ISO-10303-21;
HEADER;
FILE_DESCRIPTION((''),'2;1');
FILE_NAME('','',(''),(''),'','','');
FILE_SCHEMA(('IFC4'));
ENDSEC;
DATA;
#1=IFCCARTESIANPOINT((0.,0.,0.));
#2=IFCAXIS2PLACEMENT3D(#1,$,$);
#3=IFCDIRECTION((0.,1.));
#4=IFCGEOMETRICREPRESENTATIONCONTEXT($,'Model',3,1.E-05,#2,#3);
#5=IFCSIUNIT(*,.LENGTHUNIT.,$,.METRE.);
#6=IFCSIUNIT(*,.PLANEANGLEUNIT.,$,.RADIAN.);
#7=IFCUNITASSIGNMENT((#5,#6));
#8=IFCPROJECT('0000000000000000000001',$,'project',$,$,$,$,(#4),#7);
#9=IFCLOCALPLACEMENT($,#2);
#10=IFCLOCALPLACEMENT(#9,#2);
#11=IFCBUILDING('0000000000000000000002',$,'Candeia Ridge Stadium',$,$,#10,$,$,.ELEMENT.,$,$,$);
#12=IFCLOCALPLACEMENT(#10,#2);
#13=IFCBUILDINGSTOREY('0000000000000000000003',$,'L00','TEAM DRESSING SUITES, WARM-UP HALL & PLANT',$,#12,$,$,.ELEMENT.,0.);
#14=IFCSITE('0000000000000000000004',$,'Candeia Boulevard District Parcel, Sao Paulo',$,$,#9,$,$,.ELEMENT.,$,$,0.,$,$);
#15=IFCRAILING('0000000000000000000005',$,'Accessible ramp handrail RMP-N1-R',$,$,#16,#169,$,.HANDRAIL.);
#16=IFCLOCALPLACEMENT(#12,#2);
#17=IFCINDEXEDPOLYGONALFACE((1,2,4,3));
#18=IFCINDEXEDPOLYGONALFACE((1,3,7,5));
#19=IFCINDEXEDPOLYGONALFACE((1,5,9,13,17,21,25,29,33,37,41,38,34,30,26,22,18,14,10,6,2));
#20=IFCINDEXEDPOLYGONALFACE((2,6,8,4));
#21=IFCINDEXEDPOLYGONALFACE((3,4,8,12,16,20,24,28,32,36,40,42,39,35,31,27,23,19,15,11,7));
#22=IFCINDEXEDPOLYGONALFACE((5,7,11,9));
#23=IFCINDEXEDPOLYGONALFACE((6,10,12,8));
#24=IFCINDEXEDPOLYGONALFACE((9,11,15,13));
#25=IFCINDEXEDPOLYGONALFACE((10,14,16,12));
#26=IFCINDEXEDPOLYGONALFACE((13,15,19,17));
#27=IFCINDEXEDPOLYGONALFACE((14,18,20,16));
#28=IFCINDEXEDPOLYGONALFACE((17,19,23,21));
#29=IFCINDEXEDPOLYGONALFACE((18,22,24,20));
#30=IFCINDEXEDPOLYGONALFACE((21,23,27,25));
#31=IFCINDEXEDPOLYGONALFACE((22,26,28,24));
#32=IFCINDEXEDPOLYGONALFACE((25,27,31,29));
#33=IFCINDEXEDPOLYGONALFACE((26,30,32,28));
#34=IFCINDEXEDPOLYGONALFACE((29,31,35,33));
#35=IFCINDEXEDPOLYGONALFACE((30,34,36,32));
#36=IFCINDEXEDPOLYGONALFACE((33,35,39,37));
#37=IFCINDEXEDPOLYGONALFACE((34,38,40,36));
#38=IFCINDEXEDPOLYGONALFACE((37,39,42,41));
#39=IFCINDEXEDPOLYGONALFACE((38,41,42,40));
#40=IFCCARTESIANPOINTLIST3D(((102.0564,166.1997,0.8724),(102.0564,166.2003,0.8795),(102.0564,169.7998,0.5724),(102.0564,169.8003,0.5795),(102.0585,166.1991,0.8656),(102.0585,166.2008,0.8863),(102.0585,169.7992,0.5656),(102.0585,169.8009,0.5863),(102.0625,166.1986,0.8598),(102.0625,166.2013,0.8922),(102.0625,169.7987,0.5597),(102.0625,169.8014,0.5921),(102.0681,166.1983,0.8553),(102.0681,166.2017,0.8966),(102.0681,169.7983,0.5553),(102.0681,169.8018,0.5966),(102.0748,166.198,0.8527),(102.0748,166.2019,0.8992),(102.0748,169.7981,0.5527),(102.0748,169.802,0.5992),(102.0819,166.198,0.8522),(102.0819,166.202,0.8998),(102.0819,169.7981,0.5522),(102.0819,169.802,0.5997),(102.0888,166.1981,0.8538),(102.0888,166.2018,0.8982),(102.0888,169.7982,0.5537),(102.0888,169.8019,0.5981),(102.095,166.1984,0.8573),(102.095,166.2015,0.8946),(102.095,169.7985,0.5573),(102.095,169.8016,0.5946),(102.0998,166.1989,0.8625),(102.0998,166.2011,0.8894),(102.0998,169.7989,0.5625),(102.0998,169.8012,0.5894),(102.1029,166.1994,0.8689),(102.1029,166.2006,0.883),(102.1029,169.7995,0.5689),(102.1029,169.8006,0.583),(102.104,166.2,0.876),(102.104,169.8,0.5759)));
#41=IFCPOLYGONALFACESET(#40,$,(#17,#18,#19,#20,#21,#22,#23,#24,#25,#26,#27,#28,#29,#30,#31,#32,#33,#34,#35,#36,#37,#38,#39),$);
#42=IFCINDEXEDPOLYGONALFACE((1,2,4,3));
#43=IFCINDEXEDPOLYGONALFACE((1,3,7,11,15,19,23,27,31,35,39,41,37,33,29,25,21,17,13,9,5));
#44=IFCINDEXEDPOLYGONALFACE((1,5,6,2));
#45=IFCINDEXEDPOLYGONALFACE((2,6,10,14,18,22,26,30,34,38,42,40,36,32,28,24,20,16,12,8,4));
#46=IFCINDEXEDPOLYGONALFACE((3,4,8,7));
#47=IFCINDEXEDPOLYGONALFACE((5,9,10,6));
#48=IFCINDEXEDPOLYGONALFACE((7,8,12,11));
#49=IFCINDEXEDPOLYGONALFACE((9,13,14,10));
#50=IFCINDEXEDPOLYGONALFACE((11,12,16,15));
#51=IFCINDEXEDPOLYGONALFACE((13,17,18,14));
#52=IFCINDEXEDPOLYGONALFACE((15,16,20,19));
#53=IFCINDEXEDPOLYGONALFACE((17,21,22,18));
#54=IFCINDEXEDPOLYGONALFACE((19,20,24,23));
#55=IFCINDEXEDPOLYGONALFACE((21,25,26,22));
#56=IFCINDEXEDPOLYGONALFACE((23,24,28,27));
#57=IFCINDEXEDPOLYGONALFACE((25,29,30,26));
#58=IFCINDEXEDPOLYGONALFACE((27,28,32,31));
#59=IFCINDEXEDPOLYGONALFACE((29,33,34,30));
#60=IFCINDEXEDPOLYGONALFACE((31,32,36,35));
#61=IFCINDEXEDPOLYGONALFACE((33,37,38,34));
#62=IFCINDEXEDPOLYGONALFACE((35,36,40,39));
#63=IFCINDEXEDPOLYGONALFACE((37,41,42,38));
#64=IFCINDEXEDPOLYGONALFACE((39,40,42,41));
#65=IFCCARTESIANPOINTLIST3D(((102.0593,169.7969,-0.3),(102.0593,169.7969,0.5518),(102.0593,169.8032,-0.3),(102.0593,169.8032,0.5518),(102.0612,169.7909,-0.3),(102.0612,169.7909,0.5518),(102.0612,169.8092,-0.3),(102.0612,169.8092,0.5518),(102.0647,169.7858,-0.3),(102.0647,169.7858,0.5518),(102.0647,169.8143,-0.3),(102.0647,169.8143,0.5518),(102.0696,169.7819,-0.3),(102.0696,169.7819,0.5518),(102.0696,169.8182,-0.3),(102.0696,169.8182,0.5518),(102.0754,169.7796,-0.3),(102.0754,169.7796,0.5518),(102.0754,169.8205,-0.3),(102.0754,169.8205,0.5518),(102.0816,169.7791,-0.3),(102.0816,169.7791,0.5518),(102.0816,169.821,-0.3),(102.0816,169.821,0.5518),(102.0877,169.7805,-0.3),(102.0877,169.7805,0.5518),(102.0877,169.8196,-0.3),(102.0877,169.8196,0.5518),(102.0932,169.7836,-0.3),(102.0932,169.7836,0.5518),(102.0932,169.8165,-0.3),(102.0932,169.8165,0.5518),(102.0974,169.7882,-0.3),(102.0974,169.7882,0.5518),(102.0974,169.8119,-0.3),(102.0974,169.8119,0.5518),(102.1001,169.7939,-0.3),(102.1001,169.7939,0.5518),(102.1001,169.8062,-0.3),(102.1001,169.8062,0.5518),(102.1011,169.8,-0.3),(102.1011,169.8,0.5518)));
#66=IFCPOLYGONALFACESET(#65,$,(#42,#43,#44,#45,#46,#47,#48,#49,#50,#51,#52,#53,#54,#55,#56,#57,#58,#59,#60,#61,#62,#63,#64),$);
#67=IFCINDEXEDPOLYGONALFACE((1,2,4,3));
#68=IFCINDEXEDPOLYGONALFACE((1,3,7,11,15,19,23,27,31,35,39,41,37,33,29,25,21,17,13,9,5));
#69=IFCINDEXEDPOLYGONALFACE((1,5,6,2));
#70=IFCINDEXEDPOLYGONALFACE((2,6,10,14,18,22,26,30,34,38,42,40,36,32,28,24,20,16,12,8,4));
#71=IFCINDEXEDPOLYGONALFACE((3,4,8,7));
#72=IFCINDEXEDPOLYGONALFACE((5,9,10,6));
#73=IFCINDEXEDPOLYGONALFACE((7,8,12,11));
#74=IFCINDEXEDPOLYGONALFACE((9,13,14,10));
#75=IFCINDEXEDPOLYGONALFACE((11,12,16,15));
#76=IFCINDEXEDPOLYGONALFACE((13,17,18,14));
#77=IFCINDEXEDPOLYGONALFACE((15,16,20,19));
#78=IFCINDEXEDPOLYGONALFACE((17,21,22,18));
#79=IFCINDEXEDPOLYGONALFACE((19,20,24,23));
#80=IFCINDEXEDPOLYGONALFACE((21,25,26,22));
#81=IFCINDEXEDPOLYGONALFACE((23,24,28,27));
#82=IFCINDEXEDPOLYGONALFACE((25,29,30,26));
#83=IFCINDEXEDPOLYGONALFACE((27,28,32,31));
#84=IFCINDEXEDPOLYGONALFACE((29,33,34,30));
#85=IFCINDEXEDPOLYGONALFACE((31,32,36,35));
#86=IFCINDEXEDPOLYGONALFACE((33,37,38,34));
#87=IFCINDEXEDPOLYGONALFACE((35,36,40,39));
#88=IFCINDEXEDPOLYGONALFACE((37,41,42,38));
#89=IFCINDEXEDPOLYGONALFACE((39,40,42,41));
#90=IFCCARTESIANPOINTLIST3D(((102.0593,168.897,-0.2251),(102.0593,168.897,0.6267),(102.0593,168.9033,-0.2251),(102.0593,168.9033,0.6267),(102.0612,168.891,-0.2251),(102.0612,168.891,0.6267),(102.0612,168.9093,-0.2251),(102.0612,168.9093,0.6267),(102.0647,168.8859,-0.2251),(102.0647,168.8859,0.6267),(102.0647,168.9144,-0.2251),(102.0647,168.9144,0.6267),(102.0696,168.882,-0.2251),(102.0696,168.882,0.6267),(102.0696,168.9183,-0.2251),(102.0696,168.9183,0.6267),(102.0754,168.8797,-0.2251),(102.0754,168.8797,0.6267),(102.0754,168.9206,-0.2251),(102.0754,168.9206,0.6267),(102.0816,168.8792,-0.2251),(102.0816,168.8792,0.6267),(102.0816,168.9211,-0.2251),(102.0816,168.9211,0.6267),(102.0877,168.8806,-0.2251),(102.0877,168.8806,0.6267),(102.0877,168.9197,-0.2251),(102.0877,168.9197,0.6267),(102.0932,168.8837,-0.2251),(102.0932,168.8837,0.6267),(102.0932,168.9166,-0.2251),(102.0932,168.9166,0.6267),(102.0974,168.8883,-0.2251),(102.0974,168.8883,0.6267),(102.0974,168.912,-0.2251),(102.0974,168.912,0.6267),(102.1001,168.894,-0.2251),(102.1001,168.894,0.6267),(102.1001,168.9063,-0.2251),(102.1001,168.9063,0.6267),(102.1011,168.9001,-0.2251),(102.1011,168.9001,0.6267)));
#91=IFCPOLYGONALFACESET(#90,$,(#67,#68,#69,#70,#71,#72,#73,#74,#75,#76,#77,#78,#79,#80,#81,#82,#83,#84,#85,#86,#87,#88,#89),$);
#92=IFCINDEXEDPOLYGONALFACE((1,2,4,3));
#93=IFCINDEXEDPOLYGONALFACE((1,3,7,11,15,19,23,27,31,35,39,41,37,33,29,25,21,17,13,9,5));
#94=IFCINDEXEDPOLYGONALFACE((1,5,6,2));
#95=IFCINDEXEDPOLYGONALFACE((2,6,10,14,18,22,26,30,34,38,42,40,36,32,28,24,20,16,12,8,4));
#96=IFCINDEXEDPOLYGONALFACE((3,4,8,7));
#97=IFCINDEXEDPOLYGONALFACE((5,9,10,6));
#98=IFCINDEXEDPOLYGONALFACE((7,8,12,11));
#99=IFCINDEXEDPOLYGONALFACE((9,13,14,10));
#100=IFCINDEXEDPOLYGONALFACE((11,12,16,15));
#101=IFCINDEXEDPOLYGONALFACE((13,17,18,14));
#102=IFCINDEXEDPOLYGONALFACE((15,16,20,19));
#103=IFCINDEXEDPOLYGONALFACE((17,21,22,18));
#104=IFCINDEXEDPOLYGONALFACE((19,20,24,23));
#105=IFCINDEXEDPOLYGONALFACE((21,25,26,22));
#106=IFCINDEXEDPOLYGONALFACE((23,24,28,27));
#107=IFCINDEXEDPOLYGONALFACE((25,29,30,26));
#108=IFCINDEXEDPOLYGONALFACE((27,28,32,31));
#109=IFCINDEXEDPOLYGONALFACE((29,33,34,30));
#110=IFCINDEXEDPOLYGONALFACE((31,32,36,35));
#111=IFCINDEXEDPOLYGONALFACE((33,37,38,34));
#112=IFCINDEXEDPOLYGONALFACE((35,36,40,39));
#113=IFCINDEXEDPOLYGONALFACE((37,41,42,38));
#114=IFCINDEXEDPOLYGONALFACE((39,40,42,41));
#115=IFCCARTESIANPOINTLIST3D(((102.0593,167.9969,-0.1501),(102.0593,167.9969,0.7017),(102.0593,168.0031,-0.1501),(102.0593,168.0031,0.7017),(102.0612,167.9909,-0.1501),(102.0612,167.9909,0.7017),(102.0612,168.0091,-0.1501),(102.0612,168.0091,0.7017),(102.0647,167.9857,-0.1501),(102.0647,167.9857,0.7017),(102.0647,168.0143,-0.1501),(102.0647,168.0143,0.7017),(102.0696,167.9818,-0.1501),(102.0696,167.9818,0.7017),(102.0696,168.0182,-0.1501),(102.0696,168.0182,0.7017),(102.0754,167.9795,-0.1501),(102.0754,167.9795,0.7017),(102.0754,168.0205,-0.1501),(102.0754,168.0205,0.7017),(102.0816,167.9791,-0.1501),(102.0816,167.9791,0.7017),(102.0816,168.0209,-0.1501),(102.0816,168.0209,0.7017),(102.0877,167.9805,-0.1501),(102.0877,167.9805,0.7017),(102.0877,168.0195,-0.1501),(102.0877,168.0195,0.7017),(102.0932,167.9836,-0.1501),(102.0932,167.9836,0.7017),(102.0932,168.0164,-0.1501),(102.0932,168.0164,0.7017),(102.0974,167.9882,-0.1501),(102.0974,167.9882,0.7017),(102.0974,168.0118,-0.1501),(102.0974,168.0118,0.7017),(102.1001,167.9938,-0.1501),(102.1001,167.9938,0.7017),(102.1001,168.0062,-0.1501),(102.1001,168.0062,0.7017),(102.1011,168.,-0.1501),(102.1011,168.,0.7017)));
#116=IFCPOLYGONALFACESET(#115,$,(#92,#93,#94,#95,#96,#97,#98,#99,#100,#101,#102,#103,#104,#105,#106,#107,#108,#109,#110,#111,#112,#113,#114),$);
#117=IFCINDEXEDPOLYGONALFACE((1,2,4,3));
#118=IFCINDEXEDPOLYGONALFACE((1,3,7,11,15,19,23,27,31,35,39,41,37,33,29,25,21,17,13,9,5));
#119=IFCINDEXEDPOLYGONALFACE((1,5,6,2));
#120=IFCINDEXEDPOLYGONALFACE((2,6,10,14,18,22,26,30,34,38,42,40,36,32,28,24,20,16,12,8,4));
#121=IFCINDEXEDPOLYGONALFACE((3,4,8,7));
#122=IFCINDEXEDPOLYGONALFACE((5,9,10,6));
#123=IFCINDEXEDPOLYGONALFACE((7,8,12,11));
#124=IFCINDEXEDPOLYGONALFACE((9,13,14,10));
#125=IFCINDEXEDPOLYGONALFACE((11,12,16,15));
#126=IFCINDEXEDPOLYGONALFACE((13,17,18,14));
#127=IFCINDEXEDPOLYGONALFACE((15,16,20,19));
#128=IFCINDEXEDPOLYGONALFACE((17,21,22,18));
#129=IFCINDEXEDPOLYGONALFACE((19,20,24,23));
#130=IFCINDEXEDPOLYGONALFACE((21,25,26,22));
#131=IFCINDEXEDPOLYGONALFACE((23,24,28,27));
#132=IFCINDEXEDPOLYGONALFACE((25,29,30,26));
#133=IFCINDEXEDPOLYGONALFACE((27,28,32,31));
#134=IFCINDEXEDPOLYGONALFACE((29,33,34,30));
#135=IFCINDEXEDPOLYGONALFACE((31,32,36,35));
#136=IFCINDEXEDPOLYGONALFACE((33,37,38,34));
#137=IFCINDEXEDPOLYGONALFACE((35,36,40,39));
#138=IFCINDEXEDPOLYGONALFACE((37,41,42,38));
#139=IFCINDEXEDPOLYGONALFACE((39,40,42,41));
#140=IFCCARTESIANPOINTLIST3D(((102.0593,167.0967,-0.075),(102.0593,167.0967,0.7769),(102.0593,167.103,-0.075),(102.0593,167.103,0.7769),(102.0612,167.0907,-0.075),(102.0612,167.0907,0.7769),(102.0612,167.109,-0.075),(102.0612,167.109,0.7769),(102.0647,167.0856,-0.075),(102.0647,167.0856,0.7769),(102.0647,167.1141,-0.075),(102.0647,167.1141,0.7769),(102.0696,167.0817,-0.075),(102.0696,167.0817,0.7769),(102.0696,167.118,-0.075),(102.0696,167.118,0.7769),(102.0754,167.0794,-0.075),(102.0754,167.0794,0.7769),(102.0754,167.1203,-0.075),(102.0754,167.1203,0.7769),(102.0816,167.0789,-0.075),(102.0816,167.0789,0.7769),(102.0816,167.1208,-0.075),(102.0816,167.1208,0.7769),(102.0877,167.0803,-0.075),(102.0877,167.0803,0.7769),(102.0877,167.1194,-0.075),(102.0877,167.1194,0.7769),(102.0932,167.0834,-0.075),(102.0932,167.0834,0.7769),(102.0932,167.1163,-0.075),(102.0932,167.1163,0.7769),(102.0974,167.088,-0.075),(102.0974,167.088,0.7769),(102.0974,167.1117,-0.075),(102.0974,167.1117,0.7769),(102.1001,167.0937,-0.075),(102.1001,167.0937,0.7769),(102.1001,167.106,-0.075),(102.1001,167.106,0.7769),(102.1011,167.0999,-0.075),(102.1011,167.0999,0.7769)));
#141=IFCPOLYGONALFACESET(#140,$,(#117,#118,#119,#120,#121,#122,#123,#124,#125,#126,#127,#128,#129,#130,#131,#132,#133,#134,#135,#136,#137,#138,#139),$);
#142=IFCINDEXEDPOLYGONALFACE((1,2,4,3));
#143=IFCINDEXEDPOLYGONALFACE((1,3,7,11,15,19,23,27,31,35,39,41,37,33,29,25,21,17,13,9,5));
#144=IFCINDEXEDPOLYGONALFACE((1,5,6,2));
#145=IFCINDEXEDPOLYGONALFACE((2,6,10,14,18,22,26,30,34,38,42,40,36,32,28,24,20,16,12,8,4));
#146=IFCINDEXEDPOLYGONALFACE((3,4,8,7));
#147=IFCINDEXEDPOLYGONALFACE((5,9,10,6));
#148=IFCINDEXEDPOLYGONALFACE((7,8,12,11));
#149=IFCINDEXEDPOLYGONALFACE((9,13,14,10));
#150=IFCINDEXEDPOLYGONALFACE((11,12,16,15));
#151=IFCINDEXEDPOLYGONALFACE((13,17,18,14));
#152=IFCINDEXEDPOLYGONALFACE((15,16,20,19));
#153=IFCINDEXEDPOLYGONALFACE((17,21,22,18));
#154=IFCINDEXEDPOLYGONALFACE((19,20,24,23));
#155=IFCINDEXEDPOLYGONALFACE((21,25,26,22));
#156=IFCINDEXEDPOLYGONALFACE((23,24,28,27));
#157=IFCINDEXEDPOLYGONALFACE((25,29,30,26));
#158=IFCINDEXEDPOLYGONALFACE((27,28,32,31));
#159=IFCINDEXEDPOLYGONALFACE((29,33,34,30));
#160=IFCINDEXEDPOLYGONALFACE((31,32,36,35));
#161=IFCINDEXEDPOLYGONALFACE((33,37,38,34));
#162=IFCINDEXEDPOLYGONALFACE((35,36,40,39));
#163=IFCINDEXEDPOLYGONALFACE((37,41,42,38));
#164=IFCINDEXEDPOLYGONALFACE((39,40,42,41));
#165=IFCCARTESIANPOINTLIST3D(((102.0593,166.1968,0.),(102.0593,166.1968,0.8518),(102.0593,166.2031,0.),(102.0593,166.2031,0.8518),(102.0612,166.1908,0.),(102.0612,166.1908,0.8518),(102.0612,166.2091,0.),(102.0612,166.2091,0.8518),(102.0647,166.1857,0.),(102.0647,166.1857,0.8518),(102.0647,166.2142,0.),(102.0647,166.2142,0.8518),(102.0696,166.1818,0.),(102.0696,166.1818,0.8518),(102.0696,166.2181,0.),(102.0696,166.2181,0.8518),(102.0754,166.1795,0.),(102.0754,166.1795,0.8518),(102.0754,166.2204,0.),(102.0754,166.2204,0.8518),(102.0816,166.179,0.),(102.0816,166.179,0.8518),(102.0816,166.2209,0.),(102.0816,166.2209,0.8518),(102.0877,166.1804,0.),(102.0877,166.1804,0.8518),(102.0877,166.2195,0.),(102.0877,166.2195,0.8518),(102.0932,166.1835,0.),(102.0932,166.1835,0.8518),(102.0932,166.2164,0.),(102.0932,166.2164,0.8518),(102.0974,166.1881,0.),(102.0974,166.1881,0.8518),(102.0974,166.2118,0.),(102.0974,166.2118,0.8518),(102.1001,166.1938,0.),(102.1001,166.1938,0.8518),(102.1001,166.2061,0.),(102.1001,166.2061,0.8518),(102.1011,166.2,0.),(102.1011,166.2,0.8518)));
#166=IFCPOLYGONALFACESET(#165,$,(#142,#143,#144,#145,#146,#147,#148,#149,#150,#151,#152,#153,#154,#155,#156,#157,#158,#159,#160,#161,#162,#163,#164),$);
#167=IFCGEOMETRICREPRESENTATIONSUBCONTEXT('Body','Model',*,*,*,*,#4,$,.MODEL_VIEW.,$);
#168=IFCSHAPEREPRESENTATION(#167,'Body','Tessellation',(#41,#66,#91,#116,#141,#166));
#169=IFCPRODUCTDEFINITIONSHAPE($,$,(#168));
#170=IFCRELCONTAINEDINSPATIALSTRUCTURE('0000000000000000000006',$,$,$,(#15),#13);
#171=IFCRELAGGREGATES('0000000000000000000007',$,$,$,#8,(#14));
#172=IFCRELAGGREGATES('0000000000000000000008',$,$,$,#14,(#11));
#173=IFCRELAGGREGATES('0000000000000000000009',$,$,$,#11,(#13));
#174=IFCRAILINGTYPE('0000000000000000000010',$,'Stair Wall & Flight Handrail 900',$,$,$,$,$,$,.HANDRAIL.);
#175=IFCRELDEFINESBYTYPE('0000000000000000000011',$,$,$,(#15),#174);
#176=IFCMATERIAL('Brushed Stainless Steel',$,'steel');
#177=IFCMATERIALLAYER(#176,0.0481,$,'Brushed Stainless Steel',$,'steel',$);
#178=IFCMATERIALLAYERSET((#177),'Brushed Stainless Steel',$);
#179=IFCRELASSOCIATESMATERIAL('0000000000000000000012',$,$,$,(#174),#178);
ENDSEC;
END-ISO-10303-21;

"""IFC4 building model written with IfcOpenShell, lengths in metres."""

from ifc_helpers import new_model, si_unit, direction, frame, origin, origin_2d, place, context, subcontext, project, spatial, circle, extrude, material, layer, layer_set, type_object, element, save


model = new_model("IFC4")

# Units and contexts
model_context = context("Model", 3, precision=1e-05, world=origin(), true_north=direction((0.0, 1.0)))
body_context = subcontext(model_context, "Body", "Model", "MODEL_VIEW")
ifc_project = project(units=[si_unit("LENGTHUNIT", "METRE"), si_unit("PLANEANGLEUNIT", "RADIAN")], contexts=[model_context])

# Site, building, storey
site_placement = place(None, origin())
site = spatial("IfcSite", under=ifc_project, at=site_placement, Name="Candeia Boulevard District Parcel, Sao Paulo", CompositionType="ELEMENT", RefElevation=0.0)
building_placement = place(site_placement, origin())
building = spatial("IfcBuilding", under=site, at=building_placement, Name="Candeia Ridge Stadium", CompositionType="ELEMENT")
storey_placement = place(building_placement, origin())
storey = spatial("IfcBuildingStorey", under=building, at=storey_placement, Name="L00", Description="TEAM DRESSING SUITES, WARM-UP HALL & PLANT", CompositionType="ELEMENT", Elevation=0.0)

# Railing
ifc_material_1 = material(Name="Brushed Stainless Steel", Category="steel")
ifc_layer_1 = layer(ifc_material_1, 0.0481, Name="Brushed Stainless Steel", Category="steel")
ifc_layer_set_1 = layer_set([ifc_layer_1], Name="Brushed Stainless Steel")
railing_type_1 = type_object("IfcRailingType", Name="Stair Wall & Flight Handrail 900", PredefinedType="HANDRAIL", material=ifc_layer_set_1)
for number, where, name in (
    (1, (102.0801, 169.8, -0.3), "Accessible ramp handrail RMP-N1-R"),
):
    element("IfcRailing", number, at=place(storey_placement, frame(where)), inside=storey, type_object=railing_type_1, Name=name, PredefinedType="HANDRAIL", context=body_context, shape_type="SweptSolid", body=[
        extrude(circle(Radius=0.0239, at=origin_2d()), frame((0.0, 0.0, 0.876), z_axis=(0.0, -0.996545, 0.083057), x_axis=(1.0, 0.0, 0.0)), (0.0, 0.0, 1.0), 3.6125),
        extrude(circle(Radius=0.021, at=origin_2d()), origin(), (0.0, 0.0, 1.0), 0.8518),
        extrude(circle(Radius=0.021, at=origin_2d()), frame((0.0, -0.8999, 0.075)), (0.0, 0.0, 1.0), 0.8518),
        extrude(circle(Radius=0.021, at=origin_2d()), frame((0.0, -1.8, 0.1499)), (0.0, 0.0, 1.0), 0.8518),
        extrude(circle(Radius=0.021, at=origin_2d()), frame((0.0, -2.7002, 0.2251)), (0.0, 0.0, 1.0), 0.8518),
        extrude(circle(Radius=0.021, at=origin_2d()), frame((0.0, -3.6001, 0.3)), (0.0, 0.0, 1.0), 0.8518),
    ])

save(model, "model.ifc")
